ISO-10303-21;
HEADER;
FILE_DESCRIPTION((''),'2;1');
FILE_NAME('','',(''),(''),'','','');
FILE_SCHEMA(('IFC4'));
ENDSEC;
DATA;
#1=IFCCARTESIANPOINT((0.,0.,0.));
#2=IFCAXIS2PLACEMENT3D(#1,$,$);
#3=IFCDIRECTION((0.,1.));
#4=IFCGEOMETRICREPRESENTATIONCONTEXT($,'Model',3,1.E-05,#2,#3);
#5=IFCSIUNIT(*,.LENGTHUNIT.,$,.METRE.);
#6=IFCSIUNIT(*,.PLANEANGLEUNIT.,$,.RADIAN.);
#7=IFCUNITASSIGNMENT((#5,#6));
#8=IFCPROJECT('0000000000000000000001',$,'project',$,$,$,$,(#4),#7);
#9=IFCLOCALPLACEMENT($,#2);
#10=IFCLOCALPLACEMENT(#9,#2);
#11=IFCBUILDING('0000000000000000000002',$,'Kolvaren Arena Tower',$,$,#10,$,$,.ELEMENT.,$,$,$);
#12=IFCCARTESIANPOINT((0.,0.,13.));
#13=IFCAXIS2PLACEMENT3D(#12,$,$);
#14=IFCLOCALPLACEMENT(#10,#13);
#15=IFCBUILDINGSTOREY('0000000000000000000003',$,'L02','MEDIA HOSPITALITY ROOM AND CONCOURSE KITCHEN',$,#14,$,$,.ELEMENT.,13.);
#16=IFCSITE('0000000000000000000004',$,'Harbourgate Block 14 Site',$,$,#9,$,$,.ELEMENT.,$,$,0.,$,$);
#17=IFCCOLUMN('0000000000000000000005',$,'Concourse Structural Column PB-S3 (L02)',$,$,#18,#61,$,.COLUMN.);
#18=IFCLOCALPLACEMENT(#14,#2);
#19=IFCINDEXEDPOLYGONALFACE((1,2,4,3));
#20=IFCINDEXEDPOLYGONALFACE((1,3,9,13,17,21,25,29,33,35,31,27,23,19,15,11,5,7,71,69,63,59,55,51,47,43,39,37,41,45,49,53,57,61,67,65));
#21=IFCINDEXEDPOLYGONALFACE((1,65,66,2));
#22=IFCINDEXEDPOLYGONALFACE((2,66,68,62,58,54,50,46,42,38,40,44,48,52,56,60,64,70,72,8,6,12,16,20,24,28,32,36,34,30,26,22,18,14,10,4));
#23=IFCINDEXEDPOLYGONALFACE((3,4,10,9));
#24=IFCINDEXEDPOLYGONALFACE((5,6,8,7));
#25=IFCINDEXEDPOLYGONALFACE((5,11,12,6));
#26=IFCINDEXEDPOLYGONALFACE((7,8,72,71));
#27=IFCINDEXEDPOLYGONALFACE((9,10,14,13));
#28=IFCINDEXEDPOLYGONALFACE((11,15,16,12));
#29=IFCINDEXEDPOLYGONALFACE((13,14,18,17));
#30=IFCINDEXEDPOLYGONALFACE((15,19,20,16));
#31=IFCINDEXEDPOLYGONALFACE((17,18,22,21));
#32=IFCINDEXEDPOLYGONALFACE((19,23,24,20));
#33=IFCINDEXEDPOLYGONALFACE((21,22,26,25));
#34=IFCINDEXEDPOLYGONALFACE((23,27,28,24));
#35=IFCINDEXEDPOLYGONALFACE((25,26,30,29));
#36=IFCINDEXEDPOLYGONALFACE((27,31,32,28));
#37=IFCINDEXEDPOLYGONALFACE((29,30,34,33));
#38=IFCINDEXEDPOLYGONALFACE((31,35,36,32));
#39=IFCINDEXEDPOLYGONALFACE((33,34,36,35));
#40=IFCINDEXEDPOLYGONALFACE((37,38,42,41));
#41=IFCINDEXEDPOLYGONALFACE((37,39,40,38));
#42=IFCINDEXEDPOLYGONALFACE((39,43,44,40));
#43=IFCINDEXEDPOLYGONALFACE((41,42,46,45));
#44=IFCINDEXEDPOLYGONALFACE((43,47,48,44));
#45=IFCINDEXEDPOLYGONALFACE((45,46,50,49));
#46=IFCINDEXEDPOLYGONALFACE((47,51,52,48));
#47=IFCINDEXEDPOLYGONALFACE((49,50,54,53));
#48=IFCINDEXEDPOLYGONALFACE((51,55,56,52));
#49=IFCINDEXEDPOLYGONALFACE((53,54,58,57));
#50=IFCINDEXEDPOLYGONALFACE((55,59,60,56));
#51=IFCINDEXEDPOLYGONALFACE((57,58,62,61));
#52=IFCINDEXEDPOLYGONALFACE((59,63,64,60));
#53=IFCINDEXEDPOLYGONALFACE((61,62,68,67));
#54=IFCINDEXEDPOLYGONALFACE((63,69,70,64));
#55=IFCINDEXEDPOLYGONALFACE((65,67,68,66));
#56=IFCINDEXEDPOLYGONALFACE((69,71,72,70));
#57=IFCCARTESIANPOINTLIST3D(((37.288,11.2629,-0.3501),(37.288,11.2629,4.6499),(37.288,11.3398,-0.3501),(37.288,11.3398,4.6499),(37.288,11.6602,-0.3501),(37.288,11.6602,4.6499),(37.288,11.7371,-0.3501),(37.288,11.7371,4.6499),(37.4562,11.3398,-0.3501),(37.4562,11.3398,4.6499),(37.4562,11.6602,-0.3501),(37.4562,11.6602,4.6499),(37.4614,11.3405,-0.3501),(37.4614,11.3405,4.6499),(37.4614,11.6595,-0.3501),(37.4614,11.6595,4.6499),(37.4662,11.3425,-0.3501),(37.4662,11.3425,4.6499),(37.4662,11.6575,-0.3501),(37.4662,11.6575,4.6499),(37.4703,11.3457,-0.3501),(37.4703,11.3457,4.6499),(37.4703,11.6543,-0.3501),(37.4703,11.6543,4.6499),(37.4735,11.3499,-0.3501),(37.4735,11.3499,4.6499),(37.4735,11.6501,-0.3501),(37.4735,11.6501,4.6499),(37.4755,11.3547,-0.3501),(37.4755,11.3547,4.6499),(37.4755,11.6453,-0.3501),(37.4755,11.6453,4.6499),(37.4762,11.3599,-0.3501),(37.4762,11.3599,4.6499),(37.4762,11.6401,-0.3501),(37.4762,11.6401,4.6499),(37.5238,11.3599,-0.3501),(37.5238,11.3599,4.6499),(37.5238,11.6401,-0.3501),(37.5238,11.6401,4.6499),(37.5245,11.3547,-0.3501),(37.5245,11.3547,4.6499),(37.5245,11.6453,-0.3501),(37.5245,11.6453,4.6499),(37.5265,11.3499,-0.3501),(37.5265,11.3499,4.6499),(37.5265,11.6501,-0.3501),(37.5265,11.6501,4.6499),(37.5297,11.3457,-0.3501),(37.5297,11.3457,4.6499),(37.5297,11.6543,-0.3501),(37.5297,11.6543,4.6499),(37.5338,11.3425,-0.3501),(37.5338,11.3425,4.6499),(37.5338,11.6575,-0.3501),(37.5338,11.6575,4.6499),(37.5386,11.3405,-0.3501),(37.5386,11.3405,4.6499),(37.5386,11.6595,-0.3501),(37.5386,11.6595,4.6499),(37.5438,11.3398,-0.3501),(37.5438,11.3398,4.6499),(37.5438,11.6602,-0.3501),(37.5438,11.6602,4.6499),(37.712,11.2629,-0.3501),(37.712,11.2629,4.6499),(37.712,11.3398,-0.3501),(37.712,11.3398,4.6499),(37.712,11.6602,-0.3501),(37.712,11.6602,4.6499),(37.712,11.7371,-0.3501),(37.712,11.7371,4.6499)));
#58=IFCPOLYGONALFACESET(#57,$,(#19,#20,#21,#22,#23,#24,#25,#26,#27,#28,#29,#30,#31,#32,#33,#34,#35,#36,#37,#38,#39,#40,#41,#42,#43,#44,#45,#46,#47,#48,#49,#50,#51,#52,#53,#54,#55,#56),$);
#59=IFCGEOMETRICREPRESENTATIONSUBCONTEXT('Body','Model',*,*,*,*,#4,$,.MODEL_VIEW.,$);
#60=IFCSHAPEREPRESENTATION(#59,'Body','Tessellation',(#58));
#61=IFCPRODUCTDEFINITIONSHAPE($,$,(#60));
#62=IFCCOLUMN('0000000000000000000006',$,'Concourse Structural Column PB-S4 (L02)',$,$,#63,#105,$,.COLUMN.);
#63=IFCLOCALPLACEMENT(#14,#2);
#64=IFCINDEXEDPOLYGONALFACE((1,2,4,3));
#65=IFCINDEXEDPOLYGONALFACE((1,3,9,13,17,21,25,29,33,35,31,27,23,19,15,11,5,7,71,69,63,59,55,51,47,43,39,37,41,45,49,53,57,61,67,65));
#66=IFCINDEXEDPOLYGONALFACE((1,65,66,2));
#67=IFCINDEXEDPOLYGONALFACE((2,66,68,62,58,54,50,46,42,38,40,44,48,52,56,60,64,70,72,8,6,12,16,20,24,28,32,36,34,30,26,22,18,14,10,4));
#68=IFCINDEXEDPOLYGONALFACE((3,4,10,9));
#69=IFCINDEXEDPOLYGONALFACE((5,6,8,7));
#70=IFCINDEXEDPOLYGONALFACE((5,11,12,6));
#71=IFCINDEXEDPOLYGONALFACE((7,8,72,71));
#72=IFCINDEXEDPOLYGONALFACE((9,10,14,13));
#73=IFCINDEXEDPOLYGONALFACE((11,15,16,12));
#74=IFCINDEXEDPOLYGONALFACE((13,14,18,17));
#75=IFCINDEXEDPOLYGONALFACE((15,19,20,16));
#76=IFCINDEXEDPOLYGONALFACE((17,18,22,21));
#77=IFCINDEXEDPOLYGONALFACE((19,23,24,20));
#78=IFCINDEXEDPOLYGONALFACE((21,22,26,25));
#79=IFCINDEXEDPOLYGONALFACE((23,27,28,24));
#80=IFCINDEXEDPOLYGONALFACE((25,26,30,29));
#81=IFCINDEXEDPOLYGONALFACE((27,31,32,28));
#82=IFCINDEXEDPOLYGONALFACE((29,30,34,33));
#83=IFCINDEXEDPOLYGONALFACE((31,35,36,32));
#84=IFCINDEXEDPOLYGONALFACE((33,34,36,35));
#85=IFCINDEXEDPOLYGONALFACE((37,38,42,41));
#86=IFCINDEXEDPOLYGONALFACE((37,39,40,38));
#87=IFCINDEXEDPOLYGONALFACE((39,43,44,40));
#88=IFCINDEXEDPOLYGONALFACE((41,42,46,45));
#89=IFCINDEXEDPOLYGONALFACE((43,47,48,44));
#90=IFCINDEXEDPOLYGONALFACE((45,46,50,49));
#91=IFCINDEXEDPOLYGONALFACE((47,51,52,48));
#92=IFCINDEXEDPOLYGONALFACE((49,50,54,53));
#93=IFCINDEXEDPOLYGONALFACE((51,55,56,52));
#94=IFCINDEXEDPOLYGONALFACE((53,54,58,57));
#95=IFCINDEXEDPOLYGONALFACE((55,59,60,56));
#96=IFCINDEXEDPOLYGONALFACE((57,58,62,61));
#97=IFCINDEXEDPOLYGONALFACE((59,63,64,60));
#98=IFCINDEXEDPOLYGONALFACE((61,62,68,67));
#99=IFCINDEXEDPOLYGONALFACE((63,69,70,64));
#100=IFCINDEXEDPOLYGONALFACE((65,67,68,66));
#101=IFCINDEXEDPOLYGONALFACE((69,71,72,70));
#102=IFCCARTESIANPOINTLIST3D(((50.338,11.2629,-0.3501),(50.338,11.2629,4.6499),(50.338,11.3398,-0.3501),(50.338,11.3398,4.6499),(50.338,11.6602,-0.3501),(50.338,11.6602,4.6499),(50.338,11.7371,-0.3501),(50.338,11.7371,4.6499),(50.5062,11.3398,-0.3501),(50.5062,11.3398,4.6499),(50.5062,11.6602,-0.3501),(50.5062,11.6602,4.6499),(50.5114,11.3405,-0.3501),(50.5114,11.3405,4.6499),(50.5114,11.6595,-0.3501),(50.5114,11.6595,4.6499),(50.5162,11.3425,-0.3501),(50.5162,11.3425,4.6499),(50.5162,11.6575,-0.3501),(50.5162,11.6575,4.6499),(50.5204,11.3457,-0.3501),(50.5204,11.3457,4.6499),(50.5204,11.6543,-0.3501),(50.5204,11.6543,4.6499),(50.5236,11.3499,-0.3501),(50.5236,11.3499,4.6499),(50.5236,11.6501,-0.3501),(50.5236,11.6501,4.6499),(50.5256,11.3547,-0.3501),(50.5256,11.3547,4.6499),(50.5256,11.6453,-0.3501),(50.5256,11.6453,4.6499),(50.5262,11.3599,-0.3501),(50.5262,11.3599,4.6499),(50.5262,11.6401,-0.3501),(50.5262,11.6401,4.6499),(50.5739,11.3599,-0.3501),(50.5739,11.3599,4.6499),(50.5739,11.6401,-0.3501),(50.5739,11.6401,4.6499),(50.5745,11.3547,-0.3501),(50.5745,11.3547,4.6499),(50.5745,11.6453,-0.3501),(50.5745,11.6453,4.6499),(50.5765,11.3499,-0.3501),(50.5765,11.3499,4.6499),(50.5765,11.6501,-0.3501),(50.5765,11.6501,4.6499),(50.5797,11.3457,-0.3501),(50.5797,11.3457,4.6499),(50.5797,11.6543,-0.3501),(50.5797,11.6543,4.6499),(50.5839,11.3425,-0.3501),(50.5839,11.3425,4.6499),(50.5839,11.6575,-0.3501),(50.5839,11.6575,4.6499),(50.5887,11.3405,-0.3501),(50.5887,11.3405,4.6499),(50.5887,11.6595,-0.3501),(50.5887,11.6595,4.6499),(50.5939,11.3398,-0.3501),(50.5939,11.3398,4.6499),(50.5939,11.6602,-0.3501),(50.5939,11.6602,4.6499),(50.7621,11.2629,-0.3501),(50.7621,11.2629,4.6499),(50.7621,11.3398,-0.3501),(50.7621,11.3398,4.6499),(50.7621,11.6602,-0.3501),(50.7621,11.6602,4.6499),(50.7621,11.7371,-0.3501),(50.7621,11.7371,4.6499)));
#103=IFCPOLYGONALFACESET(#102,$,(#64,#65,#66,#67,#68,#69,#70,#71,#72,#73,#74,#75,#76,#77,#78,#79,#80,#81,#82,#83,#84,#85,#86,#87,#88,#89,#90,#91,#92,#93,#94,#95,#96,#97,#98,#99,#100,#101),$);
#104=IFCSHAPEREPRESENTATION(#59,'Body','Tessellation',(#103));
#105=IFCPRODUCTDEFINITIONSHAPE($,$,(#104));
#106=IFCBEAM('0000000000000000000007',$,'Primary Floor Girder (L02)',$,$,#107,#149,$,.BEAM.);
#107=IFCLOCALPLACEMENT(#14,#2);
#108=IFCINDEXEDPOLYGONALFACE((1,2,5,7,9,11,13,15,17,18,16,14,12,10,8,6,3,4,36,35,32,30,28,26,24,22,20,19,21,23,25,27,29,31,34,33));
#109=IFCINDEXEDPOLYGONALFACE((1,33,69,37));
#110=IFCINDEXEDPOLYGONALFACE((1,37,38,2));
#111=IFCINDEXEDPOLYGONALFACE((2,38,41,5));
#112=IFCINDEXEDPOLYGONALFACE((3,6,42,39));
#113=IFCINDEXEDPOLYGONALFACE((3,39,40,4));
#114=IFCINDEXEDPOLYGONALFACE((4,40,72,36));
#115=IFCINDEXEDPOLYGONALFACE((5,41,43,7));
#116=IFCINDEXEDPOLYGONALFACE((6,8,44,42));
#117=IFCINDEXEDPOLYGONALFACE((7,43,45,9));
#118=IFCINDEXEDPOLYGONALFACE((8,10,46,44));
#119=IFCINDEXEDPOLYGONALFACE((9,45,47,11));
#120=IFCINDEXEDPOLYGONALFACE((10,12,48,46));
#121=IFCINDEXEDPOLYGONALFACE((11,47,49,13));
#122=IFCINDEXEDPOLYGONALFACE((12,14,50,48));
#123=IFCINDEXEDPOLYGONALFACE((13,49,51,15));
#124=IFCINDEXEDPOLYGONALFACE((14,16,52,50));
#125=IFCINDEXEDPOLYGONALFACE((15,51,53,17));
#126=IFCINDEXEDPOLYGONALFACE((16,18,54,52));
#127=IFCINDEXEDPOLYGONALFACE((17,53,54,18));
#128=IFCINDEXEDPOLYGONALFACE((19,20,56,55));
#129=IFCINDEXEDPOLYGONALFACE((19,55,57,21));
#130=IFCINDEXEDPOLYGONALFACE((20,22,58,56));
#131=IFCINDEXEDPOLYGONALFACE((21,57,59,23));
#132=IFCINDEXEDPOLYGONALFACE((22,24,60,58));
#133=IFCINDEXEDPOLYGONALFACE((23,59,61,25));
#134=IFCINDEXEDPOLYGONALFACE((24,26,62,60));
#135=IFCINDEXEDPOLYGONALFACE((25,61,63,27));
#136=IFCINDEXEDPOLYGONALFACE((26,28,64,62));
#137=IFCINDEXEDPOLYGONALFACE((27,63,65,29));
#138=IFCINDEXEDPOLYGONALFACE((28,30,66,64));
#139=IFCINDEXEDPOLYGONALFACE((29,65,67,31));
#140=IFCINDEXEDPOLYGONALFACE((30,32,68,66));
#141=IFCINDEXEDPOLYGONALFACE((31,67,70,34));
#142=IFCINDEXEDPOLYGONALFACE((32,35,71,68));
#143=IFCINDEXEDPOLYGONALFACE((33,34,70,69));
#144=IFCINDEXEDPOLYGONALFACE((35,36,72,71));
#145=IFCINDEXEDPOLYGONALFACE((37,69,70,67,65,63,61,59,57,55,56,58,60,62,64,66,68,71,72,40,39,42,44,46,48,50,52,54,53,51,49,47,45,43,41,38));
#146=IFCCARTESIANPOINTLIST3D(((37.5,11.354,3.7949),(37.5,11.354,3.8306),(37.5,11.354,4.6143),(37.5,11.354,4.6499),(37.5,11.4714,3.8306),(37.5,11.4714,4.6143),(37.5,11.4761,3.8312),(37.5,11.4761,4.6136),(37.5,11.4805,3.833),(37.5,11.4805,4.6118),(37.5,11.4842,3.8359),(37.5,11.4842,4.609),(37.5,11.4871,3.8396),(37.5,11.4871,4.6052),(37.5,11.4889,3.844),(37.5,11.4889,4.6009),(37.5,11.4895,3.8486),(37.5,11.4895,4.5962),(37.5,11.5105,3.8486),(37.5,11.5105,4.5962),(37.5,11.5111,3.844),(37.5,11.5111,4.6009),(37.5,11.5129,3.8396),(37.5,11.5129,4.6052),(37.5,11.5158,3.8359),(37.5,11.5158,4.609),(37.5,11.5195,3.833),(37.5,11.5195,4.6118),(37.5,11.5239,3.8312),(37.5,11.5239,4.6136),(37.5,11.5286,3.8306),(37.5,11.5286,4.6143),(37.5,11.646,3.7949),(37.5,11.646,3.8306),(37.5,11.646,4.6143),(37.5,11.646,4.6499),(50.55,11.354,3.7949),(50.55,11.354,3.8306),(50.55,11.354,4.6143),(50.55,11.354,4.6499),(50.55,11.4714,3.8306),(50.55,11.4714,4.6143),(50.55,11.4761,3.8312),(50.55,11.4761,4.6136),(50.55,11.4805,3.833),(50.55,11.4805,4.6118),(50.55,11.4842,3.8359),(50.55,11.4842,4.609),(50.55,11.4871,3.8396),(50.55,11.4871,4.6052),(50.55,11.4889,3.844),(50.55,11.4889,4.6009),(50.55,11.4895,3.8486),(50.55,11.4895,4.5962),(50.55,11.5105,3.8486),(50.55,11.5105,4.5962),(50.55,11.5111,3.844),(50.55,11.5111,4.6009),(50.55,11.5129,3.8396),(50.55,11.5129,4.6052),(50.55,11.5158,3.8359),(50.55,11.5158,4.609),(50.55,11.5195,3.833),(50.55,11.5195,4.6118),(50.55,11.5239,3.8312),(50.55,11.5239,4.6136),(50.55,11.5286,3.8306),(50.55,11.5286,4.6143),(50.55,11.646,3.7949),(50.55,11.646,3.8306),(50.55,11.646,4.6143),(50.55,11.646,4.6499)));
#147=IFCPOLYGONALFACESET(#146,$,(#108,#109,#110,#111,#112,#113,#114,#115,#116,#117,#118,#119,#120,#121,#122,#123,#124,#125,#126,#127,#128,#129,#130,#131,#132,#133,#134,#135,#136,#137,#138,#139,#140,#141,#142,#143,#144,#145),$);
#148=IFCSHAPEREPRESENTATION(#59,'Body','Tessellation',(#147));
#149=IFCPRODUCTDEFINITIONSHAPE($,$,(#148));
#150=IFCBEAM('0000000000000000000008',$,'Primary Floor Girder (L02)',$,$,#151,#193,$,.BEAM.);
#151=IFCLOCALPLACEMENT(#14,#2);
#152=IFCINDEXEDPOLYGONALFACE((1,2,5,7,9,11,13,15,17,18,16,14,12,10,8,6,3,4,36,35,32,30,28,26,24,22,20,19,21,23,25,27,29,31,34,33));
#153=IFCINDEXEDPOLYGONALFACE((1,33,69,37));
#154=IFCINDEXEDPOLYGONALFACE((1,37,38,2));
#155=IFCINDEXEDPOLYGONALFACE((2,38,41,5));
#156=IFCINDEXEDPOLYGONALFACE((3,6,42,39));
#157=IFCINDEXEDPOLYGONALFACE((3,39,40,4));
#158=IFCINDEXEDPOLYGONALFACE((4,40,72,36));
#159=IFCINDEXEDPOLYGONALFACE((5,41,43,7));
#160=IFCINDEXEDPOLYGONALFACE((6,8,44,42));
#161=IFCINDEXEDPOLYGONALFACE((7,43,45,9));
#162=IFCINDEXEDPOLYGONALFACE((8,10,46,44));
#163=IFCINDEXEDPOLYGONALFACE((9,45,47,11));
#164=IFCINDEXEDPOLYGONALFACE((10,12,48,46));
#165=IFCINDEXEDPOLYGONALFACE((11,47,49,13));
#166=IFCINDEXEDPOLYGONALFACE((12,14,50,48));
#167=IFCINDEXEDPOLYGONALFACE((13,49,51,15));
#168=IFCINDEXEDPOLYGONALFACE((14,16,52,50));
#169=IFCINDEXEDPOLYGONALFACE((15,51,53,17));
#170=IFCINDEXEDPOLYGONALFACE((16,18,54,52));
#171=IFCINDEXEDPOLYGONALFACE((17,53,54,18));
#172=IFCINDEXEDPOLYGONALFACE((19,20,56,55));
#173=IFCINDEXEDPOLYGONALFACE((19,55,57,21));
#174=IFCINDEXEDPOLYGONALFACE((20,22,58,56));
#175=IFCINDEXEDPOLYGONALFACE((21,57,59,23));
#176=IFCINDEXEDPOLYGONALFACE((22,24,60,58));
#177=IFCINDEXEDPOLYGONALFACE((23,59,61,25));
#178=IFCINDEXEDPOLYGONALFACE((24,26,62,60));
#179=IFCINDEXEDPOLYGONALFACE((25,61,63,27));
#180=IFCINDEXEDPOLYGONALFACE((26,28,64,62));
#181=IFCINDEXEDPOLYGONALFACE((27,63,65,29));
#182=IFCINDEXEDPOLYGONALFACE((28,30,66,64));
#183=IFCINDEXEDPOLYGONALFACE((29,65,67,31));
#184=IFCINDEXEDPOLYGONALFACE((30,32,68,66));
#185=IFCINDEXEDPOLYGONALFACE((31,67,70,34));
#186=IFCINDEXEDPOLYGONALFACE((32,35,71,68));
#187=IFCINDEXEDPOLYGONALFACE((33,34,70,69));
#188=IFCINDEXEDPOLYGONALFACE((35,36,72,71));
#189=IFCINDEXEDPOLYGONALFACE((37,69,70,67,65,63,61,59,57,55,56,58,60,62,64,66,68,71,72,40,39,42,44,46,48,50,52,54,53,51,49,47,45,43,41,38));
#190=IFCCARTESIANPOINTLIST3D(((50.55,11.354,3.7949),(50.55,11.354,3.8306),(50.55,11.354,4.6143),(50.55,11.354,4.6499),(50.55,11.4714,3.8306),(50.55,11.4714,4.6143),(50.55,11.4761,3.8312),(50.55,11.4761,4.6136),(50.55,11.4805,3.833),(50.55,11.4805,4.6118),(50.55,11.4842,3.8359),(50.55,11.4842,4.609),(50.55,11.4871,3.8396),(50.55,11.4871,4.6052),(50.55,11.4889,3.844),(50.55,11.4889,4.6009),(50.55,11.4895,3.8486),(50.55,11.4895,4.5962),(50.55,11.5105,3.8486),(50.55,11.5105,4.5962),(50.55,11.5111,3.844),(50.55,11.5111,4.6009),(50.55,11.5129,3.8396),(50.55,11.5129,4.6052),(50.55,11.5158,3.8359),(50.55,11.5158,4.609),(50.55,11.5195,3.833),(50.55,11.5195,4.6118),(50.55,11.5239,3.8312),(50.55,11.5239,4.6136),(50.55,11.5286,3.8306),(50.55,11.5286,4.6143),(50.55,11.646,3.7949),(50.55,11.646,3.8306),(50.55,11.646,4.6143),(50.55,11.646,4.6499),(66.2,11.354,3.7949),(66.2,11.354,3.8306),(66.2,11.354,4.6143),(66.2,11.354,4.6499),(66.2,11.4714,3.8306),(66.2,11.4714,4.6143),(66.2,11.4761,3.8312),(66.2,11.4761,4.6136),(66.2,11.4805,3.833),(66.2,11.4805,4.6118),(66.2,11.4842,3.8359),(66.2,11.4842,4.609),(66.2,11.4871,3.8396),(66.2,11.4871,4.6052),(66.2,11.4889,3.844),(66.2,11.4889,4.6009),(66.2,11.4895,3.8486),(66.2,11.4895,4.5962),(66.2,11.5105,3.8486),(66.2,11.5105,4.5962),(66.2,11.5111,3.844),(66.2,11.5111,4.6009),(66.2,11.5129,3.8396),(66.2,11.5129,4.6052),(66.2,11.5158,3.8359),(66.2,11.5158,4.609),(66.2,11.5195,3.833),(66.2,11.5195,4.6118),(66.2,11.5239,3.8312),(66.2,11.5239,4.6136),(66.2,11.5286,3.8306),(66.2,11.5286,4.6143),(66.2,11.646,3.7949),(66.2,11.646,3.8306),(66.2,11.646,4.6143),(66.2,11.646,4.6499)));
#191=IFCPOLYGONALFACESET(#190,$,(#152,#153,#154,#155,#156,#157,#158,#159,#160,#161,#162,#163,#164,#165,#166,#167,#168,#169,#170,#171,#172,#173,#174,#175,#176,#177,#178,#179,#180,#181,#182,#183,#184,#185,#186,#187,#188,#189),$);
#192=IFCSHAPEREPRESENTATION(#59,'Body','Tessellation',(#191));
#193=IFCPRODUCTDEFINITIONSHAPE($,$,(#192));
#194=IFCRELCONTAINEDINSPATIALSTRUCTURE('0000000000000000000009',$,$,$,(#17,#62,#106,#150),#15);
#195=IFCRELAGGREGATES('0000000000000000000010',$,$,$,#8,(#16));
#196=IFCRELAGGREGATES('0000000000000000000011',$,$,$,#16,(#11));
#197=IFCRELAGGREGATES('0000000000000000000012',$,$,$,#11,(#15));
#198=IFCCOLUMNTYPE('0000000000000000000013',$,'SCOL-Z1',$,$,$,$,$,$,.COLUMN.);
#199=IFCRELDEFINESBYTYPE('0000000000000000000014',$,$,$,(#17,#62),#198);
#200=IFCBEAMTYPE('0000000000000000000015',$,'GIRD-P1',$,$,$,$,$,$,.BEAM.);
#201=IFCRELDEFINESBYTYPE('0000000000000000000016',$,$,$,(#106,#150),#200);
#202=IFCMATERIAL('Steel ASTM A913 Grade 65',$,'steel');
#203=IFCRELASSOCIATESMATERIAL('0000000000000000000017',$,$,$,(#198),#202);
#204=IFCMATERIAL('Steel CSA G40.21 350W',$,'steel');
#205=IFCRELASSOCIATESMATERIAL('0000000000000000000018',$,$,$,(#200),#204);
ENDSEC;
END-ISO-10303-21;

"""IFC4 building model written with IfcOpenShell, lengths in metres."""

from ifc_helpers import new_model, si_unit, direction, frame, origin, origin_2d, place, context, subcontext, project, spatial, i_section, extrude, material, material_profile, profile_set, type_object, element, save


model = new_model("IFC4")

# Units and contexts
model_context = context("Model", 3, precision=1e-05, world=origin(), true_north=direction((0.0, 1.0)))
body_context = subcontext(model_context, "Body", "Model", "MODEL_VIEW")
ifc_project = project(units=[si_unit("LENGTHUNIT", "METRE"), si_unit("PLANEANGLEUNIT", "RADIAN")], contexts=[model_context])

# Site, building, storey
site_placement = place(None, origin())
site = spatial("IfcSite", under=ifc_project, at=site_placement, Name="Harbourgate Block 14 Site", CompositionType="ELEMENT", RefElevation=0.0)
building_placement = place(site_placement, origin())
building = spatial("IfcBuilding", under=site, at=building_placement, Name="Kolvaren Arena Tower", CompositionType="ELEMENT")
storey_placement = place(building_placement, frame((0.0, 0.0, 13.0)))
storey = spatial("IfcBuildingStorey", under=building, at=storey_placement, Name="L02", Description="MEDIA HOSPITALITY ROOM AND CONCOURSE KITCHEN", CompositionType="ELEMENT", Elevation=13.0)

# Columns
ifc_material_1 = material(Name="Steel ASTM A913 Grade 65", Category="steel")
ifc_material_profile_1 = material_profile(ifc_material_1, i_section(OverallWidth=0.4241, OverallDepth=0.4741, WebThickness=0.0476, FlangeThickness=0.0769, FilletRadius=0.02, at=origin_2d()), Name="W360x634")
ifc_profile_set_1 = profile_set([ifc_material_profile_1], Name="Steel ASTM A913 Grade 65")
column_type = type_object("IfcColumnType", Name="SCOL-Z1", PredefinedType="COLUMN", material=ifc_profile_set_1)
for number, where, z_axis, x_axis, name in (
    (1, (37.5, 11.5, -0.3501), (0.0, 0.0, 1.0), (1.0, 0.0, 0.0), "Concourse Structural Column PB-S3 (L02)"),
    (2, (50.55, 11.5, -0.3501), (0.0, 0.0, 1.0), (1.0, 0.0, 0.0), "Concourse Structural Column PB-S4 (L02)"),
):
    element("IfcColumn", number, at=place(storey_placement, frame(where, z_axis=z_axis, x_axis=x_axis)), inside=storey, type_object=column_type, Name=name, PredefinedType="COLUMN", context=body_context, shape_type="SweptSolid", body=[
        extrude(i_section(OverallWidth=0.4241, OverallDepth=0.4741, WebThickness=0.0476, FlangeThickness=0.0769, FilletRadius=0.02, at=origin_2d()), origin(), (0.0, 0.0, 1.0), 5.0),
    ])

# Beams
ifc_material_2 = material(Name="Steel CSA G40.21 350W", Category="steel")
ifc_material_profile_2 = material_profile(ifc_material_2, i_section(OverallWidth=0.292, OverallDepth=0.855, WebThickness=0.021, FlangeThickness=0.0356, FilletRadius=0.0181, at=origin_2d()), Name="W840x299")
ifc_profile_set_2 = profile_set([ifc_material_profile_2], Name="Steel CSA G40.21 350W")
beam_type_1 = type_object("IfcBeamType", Name="GIRD-P1", PredefinedType="BEAM", material=ifc_profile_set_2)
beam_1_placement = place(storey_placement, frame((37.5, 11.5, 4.2224), z_axis=(1.0, 0.0, 0.0), x_axis=(0.0, 1.0, 0.0)))
element("IfcBeam", 3, at=beam_1_placement, inside=storey, type_object=beam_type_1, Name="Primary Floor Girder (L02)", PredefinedType="BEAM", context=body_context, shape_type="SweptSolid", body=[
    extrude(i_section(OverallWidth=0.292, OverallDepth=0.855, WebThickness=0.021, FlangeThickness=0.0356, FilletRadius=0.0181, at=origin_2d()), origin(), (0.0, 0.0, 1.0), 13.05),
])
beam_2_placement = place(storey_placement, frame((50.55, 11.5, 4.2224), z_axis=(1.0, 0.0, 0.0), x_axis=(0.0, 1.0, 0.0)))
element("IfcBeam", 4, at=beam_2_placement, inside=storey, type_object=beam_type_1, Name="Primary Floor Girder (L02)", PredefinedType="BEAM", context=body_context, shape_type="SweptSolid", body=[
    extrude(i_section(OverallWidth=0.292, OverallDepth=0.855, WebThickness=0.021, FlangeThickness=0.0356, FilletRadius=0.0181, at=origin_2d()), origin(), (0.0, 0.0, 1.0), 15.6499),
])

save(model, "model.ifc")
